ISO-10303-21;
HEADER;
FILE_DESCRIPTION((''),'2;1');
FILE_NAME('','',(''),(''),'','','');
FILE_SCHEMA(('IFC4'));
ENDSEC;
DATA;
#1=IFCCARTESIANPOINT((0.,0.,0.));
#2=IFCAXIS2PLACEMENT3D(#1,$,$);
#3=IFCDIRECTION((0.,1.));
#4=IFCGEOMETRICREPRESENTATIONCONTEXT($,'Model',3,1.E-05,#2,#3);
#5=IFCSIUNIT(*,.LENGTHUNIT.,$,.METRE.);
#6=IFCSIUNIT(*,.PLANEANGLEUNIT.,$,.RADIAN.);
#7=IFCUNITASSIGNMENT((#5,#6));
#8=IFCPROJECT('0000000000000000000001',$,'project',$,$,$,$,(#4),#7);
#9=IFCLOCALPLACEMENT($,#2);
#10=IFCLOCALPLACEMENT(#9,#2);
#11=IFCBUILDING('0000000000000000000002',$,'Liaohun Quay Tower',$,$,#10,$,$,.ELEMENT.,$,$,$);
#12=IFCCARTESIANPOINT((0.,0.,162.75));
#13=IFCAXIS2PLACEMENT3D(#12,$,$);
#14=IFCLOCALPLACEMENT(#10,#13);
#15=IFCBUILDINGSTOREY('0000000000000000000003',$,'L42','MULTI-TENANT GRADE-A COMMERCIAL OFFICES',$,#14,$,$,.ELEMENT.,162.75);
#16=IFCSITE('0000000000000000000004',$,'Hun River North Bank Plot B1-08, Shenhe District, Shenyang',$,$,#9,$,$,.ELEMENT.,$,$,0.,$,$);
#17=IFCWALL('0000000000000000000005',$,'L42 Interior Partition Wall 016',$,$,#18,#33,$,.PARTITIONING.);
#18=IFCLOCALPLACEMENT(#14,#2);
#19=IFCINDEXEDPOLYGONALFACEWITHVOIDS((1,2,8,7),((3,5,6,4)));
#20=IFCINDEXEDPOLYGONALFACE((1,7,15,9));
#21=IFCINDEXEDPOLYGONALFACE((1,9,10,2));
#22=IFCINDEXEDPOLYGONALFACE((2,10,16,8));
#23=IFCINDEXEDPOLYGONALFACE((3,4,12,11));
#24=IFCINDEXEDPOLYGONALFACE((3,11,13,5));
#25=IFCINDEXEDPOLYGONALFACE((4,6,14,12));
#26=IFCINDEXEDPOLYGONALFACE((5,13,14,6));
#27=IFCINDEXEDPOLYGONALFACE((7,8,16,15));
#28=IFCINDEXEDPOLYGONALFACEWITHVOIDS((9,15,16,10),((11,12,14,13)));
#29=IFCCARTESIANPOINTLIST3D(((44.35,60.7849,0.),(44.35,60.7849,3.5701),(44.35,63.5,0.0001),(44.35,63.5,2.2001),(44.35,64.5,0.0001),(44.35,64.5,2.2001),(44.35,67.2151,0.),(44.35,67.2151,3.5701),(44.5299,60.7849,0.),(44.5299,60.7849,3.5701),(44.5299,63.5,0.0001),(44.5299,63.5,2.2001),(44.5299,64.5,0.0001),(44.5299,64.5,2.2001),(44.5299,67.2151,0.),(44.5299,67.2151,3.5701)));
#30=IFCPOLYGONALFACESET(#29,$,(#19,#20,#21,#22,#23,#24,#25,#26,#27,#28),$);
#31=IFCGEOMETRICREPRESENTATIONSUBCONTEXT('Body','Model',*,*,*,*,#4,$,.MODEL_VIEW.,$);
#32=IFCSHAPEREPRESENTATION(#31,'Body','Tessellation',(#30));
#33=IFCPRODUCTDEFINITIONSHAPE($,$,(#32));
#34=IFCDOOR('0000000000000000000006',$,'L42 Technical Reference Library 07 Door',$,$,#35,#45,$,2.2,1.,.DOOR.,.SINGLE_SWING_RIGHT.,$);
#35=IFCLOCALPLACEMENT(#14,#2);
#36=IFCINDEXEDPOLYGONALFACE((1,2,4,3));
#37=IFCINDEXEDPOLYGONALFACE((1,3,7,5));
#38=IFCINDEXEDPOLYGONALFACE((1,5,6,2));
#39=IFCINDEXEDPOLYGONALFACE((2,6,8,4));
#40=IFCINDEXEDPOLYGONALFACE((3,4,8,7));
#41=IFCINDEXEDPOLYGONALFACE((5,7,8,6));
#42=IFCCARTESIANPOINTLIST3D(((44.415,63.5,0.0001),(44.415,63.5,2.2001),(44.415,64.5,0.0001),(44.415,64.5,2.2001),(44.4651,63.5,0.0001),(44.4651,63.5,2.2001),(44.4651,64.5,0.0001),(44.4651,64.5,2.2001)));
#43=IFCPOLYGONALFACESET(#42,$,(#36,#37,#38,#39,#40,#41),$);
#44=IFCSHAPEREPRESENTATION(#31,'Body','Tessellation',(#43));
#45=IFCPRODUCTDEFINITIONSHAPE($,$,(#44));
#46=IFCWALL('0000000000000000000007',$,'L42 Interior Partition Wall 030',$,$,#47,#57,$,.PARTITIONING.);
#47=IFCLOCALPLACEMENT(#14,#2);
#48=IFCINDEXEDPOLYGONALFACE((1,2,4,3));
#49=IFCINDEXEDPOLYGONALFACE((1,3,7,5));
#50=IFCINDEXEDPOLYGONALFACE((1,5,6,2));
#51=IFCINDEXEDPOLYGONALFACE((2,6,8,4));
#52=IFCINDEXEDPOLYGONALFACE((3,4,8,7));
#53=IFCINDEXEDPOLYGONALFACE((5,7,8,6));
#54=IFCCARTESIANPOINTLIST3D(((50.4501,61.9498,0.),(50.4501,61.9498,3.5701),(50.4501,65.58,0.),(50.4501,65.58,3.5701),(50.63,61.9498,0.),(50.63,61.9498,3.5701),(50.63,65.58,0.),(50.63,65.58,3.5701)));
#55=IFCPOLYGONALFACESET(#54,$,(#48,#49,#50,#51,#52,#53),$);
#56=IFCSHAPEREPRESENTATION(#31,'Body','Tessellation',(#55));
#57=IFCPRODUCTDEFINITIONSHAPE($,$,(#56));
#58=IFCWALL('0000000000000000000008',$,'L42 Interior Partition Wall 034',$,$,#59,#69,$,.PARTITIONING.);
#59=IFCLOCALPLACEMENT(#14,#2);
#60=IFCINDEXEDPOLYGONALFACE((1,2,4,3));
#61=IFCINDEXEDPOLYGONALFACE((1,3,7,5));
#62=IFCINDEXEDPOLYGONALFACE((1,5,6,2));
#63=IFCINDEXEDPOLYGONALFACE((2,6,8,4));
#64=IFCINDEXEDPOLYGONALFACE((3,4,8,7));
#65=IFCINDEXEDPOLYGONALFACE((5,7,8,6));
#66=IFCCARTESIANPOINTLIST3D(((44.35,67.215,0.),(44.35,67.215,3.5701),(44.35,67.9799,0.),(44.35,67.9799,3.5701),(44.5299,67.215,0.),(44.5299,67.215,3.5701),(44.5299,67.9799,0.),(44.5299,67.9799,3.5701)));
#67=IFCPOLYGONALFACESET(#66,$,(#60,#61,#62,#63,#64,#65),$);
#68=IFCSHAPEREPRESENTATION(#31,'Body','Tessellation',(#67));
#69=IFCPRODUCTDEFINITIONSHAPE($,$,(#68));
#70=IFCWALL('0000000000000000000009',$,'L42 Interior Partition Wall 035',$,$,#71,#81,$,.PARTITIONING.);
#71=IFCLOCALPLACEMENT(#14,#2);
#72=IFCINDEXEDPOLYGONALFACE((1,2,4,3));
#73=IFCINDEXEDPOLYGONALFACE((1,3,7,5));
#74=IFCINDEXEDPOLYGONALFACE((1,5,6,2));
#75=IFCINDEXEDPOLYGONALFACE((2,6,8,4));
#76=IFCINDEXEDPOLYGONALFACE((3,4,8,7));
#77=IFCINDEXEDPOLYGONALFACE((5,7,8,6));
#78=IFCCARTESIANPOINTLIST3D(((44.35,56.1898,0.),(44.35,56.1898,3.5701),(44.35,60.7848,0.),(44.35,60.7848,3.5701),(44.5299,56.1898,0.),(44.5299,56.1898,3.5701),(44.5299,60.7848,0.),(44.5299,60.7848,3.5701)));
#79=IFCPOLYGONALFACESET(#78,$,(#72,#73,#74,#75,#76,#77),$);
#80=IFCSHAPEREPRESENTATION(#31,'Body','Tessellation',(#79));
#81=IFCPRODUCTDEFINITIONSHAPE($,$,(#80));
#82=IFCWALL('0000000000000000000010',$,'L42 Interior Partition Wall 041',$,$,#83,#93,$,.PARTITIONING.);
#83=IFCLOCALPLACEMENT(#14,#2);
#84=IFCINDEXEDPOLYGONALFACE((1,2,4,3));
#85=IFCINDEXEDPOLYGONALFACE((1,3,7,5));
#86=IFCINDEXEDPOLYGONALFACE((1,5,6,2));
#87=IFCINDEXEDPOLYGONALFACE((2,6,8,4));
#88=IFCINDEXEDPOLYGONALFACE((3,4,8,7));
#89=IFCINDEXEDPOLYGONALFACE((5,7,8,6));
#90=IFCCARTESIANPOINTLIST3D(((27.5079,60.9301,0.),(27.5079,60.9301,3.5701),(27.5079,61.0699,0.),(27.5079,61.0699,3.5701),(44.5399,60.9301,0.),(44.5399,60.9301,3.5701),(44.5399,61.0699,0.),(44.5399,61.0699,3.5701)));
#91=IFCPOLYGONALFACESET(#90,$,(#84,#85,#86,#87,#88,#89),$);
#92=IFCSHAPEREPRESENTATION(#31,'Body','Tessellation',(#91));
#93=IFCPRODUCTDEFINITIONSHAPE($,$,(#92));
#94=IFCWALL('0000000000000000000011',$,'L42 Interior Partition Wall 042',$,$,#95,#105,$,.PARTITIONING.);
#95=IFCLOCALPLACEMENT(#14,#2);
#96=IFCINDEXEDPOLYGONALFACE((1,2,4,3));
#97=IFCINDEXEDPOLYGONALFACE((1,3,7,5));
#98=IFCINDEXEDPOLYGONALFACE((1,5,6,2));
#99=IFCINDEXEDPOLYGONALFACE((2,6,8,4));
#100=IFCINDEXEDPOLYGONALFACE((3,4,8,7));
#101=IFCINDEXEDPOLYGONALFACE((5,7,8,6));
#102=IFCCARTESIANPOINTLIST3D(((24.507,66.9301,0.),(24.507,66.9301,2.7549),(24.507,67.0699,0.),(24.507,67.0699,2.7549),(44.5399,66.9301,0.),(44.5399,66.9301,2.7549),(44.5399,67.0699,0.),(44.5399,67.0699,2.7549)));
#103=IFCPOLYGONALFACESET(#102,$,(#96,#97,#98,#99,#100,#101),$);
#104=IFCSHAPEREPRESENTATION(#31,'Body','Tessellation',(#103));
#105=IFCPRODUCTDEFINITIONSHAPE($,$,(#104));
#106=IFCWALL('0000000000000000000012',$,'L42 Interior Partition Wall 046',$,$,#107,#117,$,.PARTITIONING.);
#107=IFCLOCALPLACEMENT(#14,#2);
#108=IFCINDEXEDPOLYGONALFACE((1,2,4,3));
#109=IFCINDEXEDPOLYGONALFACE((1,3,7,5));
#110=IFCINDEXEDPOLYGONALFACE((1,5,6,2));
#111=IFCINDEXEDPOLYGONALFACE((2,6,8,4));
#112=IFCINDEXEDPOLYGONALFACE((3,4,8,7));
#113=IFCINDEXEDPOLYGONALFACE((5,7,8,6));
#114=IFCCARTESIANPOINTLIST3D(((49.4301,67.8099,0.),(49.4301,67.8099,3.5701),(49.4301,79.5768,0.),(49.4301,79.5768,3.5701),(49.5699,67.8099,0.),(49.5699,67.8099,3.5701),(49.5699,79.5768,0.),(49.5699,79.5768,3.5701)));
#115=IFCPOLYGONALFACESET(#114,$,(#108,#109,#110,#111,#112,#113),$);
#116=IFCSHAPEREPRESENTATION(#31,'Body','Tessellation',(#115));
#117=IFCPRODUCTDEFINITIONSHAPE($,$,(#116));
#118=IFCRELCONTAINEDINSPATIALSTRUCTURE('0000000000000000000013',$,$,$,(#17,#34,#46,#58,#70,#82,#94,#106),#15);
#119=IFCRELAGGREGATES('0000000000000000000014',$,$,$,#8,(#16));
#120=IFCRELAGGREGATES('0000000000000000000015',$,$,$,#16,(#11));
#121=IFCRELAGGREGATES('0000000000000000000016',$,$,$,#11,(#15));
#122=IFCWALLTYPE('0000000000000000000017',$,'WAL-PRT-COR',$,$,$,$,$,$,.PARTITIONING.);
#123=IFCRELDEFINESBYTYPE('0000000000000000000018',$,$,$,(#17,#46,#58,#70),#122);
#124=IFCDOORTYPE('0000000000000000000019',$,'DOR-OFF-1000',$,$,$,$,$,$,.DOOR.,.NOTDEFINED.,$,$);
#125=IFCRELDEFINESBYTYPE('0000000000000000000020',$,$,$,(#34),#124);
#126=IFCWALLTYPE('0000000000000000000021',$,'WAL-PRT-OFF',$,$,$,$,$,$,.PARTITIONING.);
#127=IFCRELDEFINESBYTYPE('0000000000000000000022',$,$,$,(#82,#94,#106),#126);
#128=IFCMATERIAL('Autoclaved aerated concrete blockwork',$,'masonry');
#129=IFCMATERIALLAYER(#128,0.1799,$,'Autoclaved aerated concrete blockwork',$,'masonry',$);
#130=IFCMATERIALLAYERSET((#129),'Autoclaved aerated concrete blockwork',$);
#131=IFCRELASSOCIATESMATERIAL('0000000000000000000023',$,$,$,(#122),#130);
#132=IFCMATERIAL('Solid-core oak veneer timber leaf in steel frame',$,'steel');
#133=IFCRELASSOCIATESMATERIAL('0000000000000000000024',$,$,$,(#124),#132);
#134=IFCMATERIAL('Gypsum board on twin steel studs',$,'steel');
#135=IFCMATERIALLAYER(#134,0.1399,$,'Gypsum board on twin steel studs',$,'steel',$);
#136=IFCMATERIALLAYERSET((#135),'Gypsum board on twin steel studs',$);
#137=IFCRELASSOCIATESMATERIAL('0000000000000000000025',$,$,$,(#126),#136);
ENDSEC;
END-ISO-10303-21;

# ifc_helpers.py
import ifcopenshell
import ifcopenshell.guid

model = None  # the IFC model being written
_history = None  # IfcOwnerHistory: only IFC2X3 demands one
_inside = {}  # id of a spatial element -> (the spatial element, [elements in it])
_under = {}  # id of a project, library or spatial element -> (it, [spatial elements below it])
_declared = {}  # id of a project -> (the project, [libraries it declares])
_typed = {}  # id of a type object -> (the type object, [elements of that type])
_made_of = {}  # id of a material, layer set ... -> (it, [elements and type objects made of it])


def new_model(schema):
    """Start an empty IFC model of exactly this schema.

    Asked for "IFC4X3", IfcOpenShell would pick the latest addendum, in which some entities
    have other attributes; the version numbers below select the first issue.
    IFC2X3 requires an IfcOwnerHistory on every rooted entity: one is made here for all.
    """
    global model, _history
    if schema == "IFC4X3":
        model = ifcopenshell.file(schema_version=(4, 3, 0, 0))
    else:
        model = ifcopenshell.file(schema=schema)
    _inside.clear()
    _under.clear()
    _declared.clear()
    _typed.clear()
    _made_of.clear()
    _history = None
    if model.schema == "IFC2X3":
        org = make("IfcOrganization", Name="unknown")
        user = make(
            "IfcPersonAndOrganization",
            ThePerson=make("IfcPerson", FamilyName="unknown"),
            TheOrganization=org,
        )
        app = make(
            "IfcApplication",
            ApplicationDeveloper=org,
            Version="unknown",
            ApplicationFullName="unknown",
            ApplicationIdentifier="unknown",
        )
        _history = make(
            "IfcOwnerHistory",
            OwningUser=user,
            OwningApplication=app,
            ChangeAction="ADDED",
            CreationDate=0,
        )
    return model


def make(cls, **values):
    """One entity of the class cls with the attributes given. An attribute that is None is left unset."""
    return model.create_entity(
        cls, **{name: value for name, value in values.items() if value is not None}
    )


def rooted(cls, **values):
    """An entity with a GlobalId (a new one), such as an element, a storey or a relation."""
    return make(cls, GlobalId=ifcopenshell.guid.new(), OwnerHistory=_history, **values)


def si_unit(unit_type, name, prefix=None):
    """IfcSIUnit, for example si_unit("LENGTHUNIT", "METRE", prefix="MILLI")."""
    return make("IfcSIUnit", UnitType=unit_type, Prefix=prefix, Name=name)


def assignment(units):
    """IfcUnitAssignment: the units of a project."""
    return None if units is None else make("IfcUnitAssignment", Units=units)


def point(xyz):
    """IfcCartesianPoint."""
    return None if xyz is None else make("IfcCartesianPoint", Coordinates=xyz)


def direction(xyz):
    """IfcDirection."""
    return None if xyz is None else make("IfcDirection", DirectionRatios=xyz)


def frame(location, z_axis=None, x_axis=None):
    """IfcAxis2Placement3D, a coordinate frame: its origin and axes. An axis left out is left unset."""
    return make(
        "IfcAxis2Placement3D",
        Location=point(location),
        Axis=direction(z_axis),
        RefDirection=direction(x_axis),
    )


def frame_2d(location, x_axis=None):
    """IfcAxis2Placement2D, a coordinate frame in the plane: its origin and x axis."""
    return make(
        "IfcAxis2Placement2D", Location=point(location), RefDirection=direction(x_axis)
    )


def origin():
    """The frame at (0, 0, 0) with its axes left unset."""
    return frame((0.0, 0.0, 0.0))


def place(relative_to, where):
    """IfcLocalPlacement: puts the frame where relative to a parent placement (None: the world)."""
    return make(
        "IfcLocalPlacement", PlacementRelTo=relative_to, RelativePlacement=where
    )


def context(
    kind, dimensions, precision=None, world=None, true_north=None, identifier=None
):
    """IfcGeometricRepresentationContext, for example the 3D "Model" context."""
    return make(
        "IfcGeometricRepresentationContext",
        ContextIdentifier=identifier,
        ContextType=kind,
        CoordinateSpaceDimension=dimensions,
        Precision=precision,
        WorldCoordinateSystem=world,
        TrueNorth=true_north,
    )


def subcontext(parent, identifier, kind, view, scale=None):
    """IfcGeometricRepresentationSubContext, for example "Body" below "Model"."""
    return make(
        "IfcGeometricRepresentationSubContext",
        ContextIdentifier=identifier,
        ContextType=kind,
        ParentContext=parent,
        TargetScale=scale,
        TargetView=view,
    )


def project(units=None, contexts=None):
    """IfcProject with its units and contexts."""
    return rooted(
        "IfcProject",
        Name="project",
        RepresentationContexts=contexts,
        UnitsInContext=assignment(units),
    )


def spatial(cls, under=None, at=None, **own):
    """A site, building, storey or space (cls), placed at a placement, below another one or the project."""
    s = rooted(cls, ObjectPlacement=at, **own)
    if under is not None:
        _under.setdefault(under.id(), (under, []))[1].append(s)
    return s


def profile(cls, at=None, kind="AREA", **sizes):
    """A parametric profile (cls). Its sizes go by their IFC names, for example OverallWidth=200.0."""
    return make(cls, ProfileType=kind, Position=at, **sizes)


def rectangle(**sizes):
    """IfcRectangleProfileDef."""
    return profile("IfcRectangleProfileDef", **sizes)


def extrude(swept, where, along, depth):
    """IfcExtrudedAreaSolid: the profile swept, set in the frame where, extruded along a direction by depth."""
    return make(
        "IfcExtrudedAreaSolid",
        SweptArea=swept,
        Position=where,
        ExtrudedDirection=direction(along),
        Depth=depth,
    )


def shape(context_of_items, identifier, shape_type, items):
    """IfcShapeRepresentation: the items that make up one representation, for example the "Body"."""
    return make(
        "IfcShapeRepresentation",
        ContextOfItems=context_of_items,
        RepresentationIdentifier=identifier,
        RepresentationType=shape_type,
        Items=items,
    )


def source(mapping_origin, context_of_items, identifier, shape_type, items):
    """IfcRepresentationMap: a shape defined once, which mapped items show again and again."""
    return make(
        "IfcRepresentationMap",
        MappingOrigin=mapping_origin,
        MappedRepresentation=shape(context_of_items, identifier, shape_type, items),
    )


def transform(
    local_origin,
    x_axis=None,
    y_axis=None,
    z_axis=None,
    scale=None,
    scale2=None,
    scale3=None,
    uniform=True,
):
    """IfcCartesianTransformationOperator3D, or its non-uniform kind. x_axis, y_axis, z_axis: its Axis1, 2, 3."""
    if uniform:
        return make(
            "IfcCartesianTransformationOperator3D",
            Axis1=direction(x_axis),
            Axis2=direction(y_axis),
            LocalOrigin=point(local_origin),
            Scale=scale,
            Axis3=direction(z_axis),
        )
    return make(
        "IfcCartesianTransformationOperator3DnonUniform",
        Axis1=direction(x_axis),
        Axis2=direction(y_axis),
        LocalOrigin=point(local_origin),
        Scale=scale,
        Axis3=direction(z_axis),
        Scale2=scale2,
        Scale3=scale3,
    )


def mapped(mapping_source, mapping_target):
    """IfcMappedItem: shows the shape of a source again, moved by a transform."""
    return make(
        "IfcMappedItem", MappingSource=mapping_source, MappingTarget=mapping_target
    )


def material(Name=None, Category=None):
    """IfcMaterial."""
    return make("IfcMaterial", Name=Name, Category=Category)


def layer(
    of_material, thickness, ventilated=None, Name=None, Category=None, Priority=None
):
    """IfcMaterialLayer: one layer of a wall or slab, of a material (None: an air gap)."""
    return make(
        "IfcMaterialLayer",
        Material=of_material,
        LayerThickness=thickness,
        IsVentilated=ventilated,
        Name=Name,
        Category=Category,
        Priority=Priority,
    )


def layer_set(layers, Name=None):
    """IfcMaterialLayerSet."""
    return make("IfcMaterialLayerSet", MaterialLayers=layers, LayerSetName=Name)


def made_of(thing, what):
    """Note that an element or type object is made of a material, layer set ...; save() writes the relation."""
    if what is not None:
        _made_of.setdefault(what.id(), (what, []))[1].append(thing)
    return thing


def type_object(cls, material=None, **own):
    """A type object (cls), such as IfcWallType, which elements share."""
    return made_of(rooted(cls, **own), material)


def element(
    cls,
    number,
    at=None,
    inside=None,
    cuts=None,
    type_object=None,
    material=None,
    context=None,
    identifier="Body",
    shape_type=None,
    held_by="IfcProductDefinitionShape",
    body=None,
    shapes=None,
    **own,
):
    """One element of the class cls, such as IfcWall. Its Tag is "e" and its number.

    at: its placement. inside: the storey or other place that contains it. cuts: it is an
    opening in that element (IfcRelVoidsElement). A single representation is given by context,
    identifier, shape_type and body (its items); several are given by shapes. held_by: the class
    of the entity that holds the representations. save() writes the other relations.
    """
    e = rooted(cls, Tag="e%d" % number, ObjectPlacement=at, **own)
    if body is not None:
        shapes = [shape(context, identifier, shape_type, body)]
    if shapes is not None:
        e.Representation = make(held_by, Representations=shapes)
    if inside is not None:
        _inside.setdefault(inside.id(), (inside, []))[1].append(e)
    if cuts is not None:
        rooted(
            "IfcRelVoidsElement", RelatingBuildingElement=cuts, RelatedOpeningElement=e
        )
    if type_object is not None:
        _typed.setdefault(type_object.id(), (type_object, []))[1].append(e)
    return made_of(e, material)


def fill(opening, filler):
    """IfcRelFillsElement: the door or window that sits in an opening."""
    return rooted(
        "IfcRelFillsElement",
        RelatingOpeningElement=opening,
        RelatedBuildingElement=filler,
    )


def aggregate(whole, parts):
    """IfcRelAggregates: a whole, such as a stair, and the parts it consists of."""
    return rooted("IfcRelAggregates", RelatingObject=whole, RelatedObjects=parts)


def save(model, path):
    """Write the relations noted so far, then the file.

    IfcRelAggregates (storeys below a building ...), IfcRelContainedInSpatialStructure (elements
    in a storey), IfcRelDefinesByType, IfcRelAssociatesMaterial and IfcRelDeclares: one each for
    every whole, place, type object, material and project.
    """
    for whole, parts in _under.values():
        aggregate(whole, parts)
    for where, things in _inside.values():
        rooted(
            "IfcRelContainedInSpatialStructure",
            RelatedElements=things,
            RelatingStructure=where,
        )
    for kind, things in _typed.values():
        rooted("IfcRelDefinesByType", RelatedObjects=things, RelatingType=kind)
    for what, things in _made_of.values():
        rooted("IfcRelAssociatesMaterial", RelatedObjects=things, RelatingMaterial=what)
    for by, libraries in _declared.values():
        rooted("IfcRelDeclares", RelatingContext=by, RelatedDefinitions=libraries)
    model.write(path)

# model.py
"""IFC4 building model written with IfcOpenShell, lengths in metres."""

from ifc_helpers import new_model, si_unit, direction, frame, frame_2d, origin, place, context, subcontext, project, spatial, rectangle, extrude, source, transform, mapped, material, layer, layer_set, type_object, element, fill, save


model = new_model("IFC4")

# Units and contexts
model_context = context("Model", 3, precision=1e-05, world=origin(), true_north=direction((0.0, 1.0)))
body_context = subcontext(model_context, "Body", "Model", "MODEL_VIEW")
ifc_project = project(units=[si_unit("LENGTHUNIT", "METRE"), si_unit("PLANEANGLEUNIT", "RADIAN")], contexts=[model_context])

# Site, building, storey
site_placement = place(None, origin())
site = spatial("IfcSite", under=ifc_project, at=site_placement, Name="Hun River North Bank Plot B1-08, Shenhe District, Shenyang", CompositionType="ELEMENT", RefElevation=0.0)
building_placement = place(site_placement, origin())
building = spatial("IfcBuilding", under=site, at=building_placement, Name="Liaohun Quay Tower", CompositionType="ELEMENT")
storey_placement = place(building_placement, frame((0.0, 0.0, 162.75)))
storey = spatial("IfcBuildingStorey", under=building, at=storey_placement, Name="L42", Description="MULTI-TENANT GRADE-A COMMERCIAL OFFICES", CompositionType="ELEMENT", Elevation=162.75)

# Wall, opening, door
ifc_material_1 = material(Name="Autoclaved aerated concrete blockwork", Category="masonry")
ifc_layer_1 = layer(ifc_material_1, 0.1799, Name="Autoclaved aerated concrete blockwork", Category="masonry")
ifc_layer_set_1 = layer_set([ifc_layer_1], Name="Autoclaved aerated concrete blockwork")
wall_type_1 = type_object("IfcWallType", Name="WAL-PRT-COR", PredefinedType="PARTITIONING", material=ifc_layer_set_1)
shared_shape_1 = source(origin(), body_context, "Body", "SweptSolid", [
    extrude(rectangle(XDim=1.0, YDim=2.2, at=frame_2d((0.5, 1.1001))), frame((0.0, 0.0999, 0.0), z_axis=(0.0, -1.0, 0.0), x_axis=(1.0, 0.0, 0.0)), (0.0, 0.0, 1.0), 0.2),
])
ifc_material_2 = material(Name="Solid-core oak veneer timber leaf in steel frame", Category="steel")
door_type_1 = type_object("IfcDoorType", Name="DOR-OFF-1000", OperationType="NOTDEFINED", PredefinedType="DOOR", material=ifc_material_2)
shared_shape_2 = source(origin(), body_context, "Body", "SweptSolid", [
    extrude(rectangle(XDim=1.0, YDim=2.2, at=frame_2d((0.5, 1.1001))), frame((0.0, 0.0249, 0.0), z_axis=(0.0, -1.0, 0.0), x_axis=(1.0, 0.0, 0.0)), (0.0, 0.0, 1.0), 0.05),
])
wall_1_placement = place(storey_placement, frame((44.4399, 60.7849, 0.0), z_axis=(0.0, 0.0, 1.0), x_axis=(0.0, 1.0, 0.0)))
wall_1 = element("IfcWall", 1, at=wall_1_placement, inside=storey, type_object=wall_type_1, Name="L42 Interior Partition Wall 016", PredefinedType="PARTITIONING", context=body_context, shape_type="SweptSolid", body=[
    extrude(rectangle(XDim=6.4302, YDim=0.1799, at=frame_2d((3.2151, 0.0))), origin(), (0.0, 0.0, 1.0), 3.5701),
])
opening_1_placement = place(wall_1_placement, frame((2.7151, 0.0, 0.0)))
opening_1 = element("IfcOpeningElement", 2, at=opening_1_placement, cuts=wall_1, PredefinedType="OPENING", context=body_context, shape_type="MappedRepresentation", body=[
    mapped(shared_shape_1, transform((0.0, 0.0, 0.0), x_axis=(1.0, 0.0, 0.0), y_axis=(0.0, 1.0, 0.0), z_axis=(0.0, 0.0, 1.0), scale=1.0)),
])
door_1_placement = place(opening_1_placement, origin())
door_1 = element("IfcDoor", 3, at=door_1_placement, inside=storey, type_object=door_type_1, Name="L42 Technical Reference Library 07 Door", OperationType="SINGLE_SWING_RIGHT", OverallHeight=2.2, OverallWidth=1.0, PredefinedType="DOOR", context=body_context, shape_type="MappedRepresentation", body=[
    mapped(shared_shape_2, transform((0.0, 0.0, 0.0), x_axis=(1.0, 0.0, 0.0), y_axis=(0.0, 1.0, 0.0), z_axis=(0.0, 0.0, 1.0), scale=1.0)),
])
fill(opening_1, door_1)

# Walls
wall_2_placement = place(storey_placement, frame((50.54, 61.95, 0.0), z_axis=(0.0, 0.0, 1.0), x_axis=(0.0, 1.0, 0.0)))
element("IfcWall", 4, at=wall_2_placement, inside=storey, type_object=wall_type_1, Name="L42 Interior Partition Wall 030", PredefinedType="PARTITIONING", context=body_context, shape_type="SweptSolid", body=[
    extrude(rectangle(XDim=3.6301, YDim=0.1799, at=frame_2d((1.8149, 0.0))), origin(), (0.0, 0.0, 1.0), 3.5701),
])
wall_3_placement = place(storey_placement, frame((44.4399, 67.2151, 0.0), z_axis=(0.0, 0.0, 1.0), x_axis=(0.0, 1.0, 0.0)))
element("IfcWall", 5, at=wall_3_placement, inside=storey, type_object=wall_type_1, Name="L42 Interior Partition Wall 034", PredefinedType="PARTITIONING", context=body_context, shape_type="SweptSolid", body=[
    extrude(rectangle(XDim=0.7649, YDim=0.1799, at=frame_2d((0.3823, 0.0))), origin(), (0.0, 0.0, 1.0), 3.5701),
])
wall_4_placement = place(storey_placement, frame((44.4399, 56.1899, 0.0), z_axis=(0.0, 0.0, 1.0), x_axis=(0.0, 1.0, 0.0)))
element("IfcWall", 6, at=wall_4_placement, inside=storey, type_object=wall_type_1, Name="L42 Interior Partition Wall 035", PredefinedType="PARTITIONING", context=body_context, shape_type="SweptSolid", body=[
    extrude(rectangle(XDim=4.595, YDim=0.1799, at=frame_2d((2.2974, 0.0))), origin(), (0.0, 0.0, 1.0), 3.5701),
])
ifc_material_3 = material(Name="Gypsum board on twin steel studs", Category="steel")
ifc_layer_2 = layer(ifc_material_3, 0.1399, Name="Gypsum board on twin steel studs", Category="steel")
ifc_layer_set_2 = layer_set([ifc_layer_2], Name="Gypsum board on twin steel studs")
wall_type_2 = type_object("IfcWallType", Name="WAL-PRT-OFF", PredefinedType="PARTITIONING", material=ifc_layer_set_2)
wall_5_placement = place(storey_placement, frame((44.54, 61.0, 0.0), z_axis=(0.0, 0.0, 1.0), x_axis=(-1.0, 0.0, 0.0)))
element("IfcWall", 7, at=wall_5_placement, inside=storey, type_object=wall_type_2, Name="L42 Interior Partition Wall 041", PredefinedType="PARTITIONING", context=body_context, shape_type="SweptSolid", body=[
    extrude(rectangle(XDim=17.032, YDim=0.1399, at=frame_2d((8.5161, 0.0))), origin(), (0.0, 0.0, 1.0), 3.5701),
])
wall_6_placement = place(storey_placement, frame((44.54, 67.0, 0.0), z_axis=(0.0, 0.0, 1.0), x_axis=(-1.0, 0.0, 0.0)))
element("IfcWall", 8, at=wall_6_placement, inside=storey, type_object=wall_type_2, Name="L42 Interior Partition Wall 042", PredefinedType="PARTITIONING", context=body_context, shape_type="SweptSolid", body=[
    extrude(rectangle(XDim=20.033, YDim=0.1399, at=frame_2d((10.0166, 0.0))), origin(), (0.0, 0.0, 1.0), 2.7549),
])
wall_7_placement = place(storey_placement, frame((49.5, 67.8101, 0.0), z_axis=(0.0, 0.0, 1.0), x_axis=(0.0, 1.0, 0.0)))
element("IfcWall", 9, at=wall_7_placement, inside=storey, type_object=wall_type_2, Name="L42 Interior Partition Wall 046", PredefinedType="PARTITIONING", context=body_context, shape_type="SweptSolid", body=[
    extrude(rectangle(XDim=11.7668, YDim=0.1399, at=frame_2d((5.8833, 0.0))), origin(), (0.0, 0.0, 1.0), 3.5701),
])

save(model, "model.ifc")
